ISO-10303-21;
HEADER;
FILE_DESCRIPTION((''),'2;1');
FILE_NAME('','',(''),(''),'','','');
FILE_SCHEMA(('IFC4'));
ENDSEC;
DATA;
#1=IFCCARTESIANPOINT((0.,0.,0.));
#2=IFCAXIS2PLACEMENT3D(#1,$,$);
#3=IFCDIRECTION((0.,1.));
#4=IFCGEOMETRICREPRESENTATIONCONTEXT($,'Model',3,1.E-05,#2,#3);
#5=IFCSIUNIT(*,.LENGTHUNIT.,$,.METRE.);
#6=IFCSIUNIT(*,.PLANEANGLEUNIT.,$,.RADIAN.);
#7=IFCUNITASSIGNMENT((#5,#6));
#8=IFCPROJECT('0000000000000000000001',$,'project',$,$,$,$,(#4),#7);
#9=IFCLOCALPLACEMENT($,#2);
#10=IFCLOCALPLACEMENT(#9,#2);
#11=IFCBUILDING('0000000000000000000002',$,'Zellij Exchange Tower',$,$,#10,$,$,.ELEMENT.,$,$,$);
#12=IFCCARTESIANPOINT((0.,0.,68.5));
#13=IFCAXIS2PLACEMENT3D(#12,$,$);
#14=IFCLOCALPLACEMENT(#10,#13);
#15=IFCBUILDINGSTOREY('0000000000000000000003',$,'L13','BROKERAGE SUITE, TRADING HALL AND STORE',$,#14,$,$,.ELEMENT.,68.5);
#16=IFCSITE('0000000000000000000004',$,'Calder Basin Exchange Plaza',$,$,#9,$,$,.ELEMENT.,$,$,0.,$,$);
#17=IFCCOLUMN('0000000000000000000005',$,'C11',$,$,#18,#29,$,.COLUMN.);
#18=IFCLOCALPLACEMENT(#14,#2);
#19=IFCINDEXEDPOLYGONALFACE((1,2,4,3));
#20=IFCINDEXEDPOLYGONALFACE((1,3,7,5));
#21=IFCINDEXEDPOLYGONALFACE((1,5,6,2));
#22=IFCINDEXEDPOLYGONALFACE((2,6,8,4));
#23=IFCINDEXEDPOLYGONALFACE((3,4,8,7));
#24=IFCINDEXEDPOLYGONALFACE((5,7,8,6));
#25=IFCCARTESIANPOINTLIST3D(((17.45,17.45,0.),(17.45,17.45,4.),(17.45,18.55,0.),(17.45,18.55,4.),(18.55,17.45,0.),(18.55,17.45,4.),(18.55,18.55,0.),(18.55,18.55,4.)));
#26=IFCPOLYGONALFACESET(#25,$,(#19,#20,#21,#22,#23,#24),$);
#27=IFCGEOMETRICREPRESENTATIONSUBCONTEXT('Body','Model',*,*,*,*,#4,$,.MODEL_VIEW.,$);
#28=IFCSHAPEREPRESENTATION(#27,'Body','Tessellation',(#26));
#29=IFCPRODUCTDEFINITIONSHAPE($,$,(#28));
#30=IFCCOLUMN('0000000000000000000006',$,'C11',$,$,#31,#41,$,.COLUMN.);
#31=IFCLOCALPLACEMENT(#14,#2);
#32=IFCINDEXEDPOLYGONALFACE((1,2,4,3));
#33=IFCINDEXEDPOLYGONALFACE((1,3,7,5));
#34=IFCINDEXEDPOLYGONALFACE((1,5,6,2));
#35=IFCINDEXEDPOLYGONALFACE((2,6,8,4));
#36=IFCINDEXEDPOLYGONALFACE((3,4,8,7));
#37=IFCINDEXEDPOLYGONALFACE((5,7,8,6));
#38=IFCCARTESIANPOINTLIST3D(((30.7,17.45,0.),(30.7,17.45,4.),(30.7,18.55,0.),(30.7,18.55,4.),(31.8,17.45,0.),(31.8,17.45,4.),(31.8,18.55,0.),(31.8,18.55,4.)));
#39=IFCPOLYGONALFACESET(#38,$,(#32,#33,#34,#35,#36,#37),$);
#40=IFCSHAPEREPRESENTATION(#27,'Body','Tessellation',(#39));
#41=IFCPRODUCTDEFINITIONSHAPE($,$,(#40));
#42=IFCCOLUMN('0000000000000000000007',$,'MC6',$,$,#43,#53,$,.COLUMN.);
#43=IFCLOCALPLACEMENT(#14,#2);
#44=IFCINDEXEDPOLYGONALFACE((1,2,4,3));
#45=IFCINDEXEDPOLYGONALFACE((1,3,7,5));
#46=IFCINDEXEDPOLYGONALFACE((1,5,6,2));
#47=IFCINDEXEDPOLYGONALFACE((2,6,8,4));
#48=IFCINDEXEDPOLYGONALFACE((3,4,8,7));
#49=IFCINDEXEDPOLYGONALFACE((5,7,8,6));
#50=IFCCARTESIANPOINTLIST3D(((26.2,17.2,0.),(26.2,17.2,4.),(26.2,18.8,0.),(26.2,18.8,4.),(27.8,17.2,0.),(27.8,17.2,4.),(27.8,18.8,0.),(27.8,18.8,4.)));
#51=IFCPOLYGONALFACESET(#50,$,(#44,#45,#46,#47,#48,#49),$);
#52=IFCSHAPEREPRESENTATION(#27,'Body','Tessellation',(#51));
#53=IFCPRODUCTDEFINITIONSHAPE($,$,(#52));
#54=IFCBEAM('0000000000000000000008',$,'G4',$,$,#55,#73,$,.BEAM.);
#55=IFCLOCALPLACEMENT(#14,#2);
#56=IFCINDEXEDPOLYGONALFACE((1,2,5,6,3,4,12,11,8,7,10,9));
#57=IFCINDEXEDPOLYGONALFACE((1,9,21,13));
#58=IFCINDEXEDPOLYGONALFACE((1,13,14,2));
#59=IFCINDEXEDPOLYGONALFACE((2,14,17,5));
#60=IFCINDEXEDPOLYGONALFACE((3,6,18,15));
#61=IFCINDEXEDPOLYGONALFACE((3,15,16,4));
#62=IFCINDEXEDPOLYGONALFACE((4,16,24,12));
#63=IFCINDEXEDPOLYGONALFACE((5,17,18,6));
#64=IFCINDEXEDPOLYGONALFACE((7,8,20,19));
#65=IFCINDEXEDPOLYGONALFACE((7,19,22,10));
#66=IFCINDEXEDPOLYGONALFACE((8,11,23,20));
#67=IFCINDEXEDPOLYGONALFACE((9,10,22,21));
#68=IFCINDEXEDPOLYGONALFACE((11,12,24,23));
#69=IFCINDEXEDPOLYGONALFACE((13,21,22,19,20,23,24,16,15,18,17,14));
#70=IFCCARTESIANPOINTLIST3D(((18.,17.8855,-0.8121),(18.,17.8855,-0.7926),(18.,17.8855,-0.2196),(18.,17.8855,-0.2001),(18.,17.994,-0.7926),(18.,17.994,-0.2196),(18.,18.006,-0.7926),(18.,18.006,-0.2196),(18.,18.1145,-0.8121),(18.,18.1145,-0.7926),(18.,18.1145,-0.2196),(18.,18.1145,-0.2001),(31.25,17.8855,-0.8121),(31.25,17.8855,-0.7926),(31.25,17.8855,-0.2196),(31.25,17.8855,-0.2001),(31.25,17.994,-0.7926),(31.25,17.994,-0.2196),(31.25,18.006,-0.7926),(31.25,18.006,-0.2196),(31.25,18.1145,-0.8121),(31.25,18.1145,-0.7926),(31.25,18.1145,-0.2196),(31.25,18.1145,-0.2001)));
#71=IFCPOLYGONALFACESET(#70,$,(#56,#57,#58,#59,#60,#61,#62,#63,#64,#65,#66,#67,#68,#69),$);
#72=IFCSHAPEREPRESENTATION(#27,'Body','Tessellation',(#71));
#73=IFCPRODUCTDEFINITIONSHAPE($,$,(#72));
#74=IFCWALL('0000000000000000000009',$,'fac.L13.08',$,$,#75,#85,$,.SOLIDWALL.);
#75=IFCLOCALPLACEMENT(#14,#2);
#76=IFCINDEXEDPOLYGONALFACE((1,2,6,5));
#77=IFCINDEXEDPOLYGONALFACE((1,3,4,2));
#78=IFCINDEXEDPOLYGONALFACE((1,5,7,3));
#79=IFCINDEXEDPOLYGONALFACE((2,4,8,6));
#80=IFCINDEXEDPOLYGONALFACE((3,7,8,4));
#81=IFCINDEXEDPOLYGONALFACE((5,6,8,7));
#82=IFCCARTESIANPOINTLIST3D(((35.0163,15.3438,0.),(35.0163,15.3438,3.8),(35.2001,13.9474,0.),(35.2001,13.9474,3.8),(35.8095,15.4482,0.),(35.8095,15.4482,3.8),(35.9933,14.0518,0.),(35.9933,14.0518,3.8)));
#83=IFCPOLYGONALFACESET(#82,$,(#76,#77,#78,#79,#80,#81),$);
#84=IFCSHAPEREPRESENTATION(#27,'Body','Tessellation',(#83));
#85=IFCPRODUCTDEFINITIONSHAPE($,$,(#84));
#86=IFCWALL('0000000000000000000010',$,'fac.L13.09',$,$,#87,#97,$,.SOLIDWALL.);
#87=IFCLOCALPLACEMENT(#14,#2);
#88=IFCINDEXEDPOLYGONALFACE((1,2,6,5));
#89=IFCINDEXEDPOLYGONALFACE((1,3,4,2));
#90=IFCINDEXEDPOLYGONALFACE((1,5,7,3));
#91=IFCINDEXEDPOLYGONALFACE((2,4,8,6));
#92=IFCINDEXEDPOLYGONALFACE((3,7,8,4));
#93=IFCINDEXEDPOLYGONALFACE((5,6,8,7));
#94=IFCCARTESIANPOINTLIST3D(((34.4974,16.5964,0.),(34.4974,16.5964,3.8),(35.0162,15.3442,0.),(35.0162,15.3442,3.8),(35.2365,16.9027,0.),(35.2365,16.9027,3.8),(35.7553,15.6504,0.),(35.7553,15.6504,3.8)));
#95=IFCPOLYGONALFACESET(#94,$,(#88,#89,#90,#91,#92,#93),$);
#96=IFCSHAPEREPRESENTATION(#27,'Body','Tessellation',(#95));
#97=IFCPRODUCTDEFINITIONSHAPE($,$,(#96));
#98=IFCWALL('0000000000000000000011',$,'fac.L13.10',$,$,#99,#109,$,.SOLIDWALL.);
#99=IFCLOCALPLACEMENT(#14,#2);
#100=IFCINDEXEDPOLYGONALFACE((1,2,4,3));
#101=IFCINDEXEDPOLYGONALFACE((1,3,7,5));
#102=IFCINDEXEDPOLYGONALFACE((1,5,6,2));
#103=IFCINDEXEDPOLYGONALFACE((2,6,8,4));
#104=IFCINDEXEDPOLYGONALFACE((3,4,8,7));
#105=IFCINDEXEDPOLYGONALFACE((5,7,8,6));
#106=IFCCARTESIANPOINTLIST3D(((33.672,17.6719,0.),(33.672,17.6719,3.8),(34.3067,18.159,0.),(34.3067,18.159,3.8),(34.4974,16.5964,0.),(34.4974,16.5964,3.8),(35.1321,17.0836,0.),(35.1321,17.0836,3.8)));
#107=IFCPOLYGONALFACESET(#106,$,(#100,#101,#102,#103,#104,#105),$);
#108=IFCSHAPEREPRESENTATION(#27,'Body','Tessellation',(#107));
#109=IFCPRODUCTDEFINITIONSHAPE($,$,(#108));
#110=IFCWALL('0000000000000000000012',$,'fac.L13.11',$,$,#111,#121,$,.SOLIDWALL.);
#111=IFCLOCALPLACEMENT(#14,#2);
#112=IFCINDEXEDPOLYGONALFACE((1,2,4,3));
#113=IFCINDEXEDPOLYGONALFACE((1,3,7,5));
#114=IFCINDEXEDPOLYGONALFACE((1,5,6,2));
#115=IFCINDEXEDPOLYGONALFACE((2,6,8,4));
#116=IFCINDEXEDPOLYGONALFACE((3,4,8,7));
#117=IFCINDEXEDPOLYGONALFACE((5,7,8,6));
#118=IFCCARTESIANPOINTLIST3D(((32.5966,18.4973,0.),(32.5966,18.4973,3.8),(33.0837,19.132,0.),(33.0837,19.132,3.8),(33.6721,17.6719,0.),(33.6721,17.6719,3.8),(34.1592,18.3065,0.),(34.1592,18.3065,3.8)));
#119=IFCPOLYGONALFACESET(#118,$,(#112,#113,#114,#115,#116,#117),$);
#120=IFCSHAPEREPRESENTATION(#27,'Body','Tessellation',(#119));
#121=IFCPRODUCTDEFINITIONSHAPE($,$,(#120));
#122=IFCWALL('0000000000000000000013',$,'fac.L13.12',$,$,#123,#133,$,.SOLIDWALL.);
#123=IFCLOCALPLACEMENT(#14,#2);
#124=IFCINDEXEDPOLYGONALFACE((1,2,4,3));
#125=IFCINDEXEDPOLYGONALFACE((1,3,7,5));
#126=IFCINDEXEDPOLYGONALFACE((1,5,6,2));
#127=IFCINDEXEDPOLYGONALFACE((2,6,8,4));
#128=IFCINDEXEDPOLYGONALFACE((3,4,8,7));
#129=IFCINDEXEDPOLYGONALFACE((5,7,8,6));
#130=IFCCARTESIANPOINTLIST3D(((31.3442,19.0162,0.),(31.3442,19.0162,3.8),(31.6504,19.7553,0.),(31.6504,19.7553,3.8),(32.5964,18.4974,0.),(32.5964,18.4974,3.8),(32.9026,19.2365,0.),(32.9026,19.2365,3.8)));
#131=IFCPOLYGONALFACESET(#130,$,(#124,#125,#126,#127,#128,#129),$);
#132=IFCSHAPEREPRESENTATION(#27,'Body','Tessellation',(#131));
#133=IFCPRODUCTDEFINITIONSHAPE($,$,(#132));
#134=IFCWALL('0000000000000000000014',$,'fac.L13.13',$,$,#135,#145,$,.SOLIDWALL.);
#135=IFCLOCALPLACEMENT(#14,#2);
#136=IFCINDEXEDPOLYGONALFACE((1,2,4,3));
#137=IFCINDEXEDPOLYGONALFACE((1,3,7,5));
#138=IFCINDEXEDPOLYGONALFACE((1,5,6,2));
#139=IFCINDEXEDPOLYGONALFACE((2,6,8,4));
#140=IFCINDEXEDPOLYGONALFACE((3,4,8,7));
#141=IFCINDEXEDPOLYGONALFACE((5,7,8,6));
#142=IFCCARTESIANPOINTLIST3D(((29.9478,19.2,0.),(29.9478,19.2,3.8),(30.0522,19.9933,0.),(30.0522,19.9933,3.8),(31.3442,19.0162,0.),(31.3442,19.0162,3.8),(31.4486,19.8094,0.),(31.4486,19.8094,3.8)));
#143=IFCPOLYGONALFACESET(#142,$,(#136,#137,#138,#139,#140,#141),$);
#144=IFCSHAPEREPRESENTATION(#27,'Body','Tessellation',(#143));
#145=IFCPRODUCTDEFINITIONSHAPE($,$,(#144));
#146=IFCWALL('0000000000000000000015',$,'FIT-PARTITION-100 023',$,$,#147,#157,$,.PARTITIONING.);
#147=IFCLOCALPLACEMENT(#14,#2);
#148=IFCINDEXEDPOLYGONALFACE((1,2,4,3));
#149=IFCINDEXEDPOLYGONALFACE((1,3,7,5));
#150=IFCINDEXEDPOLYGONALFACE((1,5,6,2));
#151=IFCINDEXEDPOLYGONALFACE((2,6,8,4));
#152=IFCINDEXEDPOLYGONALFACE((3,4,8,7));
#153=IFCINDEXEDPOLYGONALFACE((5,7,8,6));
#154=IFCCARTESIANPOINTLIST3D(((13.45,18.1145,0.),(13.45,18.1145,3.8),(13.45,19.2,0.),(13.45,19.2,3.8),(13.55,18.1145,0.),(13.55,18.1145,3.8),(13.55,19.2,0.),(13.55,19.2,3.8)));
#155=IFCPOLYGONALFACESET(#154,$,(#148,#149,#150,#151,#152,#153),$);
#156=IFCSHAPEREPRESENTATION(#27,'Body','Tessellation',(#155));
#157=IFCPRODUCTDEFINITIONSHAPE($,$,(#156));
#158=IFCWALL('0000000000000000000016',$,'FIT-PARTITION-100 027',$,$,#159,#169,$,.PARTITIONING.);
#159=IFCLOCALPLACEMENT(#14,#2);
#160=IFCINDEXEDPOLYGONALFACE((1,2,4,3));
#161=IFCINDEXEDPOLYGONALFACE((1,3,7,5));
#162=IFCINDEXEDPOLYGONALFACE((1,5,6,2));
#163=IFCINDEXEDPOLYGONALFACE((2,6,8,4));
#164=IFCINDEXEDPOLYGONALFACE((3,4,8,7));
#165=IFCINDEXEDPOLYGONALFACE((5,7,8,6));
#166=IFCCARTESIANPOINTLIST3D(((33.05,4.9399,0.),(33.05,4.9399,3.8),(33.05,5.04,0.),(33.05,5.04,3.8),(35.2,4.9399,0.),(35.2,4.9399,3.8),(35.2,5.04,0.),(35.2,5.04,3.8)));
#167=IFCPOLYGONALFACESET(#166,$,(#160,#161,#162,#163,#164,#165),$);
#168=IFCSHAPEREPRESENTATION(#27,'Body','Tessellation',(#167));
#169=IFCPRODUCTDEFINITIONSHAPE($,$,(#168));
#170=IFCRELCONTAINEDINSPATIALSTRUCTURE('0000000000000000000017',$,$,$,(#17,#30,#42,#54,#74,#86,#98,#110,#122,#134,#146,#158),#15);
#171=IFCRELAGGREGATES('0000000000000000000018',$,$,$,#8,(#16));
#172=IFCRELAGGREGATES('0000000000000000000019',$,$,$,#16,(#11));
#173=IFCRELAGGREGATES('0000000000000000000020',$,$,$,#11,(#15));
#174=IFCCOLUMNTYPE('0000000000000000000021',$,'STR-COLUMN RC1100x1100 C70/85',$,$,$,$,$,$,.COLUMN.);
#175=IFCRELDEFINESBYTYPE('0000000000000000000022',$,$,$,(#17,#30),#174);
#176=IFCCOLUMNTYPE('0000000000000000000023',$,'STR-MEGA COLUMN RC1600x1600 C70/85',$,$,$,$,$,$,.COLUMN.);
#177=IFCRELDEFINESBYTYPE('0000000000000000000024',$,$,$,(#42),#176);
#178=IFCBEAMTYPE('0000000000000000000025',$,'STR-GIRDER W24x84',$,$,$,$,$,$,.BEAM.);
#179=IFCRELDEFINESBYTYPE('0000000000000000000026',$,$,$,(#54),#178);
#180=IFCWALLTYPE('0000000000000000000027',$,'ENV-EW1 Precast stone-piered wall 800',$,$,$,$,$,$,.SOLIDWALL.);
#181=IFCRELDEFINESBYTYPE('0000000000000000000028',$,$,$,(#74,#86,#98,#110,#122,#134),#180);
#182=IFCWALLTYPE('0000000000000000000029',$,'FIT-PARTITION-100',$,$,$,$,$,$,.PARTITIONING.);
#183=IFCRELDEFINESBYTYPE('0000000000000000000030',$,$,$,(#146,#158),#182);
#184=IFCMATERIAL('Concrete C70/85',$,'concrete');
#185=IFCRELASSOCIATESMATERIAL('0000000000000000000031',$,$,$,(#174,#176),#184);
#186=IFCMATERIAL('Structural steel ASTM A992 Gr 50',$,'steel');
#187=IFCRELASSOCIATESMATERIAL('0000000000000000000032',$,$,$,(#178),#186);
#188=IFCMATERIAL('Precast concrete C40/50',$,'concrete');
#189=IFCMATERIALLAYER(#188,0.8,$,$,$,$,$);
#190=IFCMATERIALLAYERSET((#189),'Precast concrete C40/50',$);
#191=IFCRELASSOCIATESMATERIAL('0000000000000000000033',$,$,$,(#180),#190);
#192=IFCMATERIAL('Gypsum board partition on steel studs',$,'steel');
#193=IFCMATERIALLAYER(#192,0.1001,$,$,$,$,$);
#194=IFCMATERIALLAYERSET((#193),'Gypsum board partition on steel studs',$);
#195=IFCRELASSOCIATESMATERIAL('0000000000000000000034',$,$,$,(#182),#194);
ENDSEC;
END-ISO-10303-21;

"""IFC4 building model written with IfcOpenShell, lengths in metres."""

from ifc_helpers import new_model, si_unit, direction, frame, frame_2d, origin, origin_2d, place, context, subcontext, project, spatial, rectangle, i_section, extrude, material, layer, layer_set, material_profile, profile_set, type_object, element, save


model = new_model("IFC4")

# Units and contexts
model_context = context("Model", 3, precision=1e-05, world=origin(), true_north=direction((0.0, 1.0)))
body_context = subcontext(model_context, "Body", "Model", "MODEL_VIEW")
ifc_project = project(units=[si_unit("LENGTHUNIT", "METRE"), si_unit("PLANEANGLEUNIT", "RADIAN")], contexts=[model_context])

# Site, building, storey
site_placement = place(None, origin())
site = spatial("IfcSite", under=ifc_project, at=site_placement, Name="Calder Basin Exchange Plaza", CompositionType="ELEMENT", RefElevation=0.0)
building_placement = place(site_placement, origin())
building = spatial("IfcBuilding", under=site, at=building_placement, Name="Zellij Exchange Tower", CompositionType="ELEMENT")
storey_placement = place(building_placement, frame((0.0, 0.0, 68.5)))
storey = spatial("IfcBuildingStorey", under=building, at=storey_placement, Name="L13", Description="BROKERAGE SUITE, TRADING HALL AND STORE", CompositionType="ELEMENT", Elevation=68.5)

# Columns
ifc_material_1 = material(Name="Concrete C70/85", Category="concrete")
ifc_material_profile_1 = material_profile(ifc_material_1, rectangle(XDim=1.1001, YDim=1.1001, at=origin_2d()), Name="STR-COLUMN RC1100x1100 C70/85")
ifc_profile_set_1 = profile_set([ifc_material_profile_1], Name="Concrete C70/85")
column_type_1 = type_object("IfcColumnType", Name="STR-COLUMN RC1100x1100 C70/85", PredefinedType="COLUMN", material=ifc_profile_set_1)
for number, where, z_axis, x_axis, name in (
    (1, (18.0, 18.0, 0.0), (0.0, 0.0, 1.0), (1.0, 0.0, 0.0), "C11"),
    (2, (31.25, 18.0, 0.0), (0.0, 0.0, 1.0), (1.0, 0.0, 0.0), "C11"),
):
    element("IfcColumn", number, at=place(storey_placement, frame(where, z_axis=z_axis, x_axis=x_axis)), inside=storey, type_object=column_type_1, Name=name, PredefinedType="COLUMN", context=body_context, shape_type="SweptSolid", body=[
        extrude(rectangle(XDim=1.1001, YDim=1.1001, at=origin_2d()), origin(), (0.0, 0.0, 1.0), 4.0),
    ])
ifc_material_profile_2 = material_profile(ifc_material_1, rectangle(XDim=1.6001, YDim=1.6001, at=origin_2d()), Name="STR-MEGA COLUMN RC1600x1600 C70/85")
ifc_profile_set_2 = profile_set([ifc_material_profile_2], Name="Concrete C70/85")
column_type_2 = type_object("IfcColumnType", Name="STR-MEGA COLUMN RC1600x1600 C70/85", PredefinedType="COLUMN", material=ifc_profile_set_2)
column_placement = place(storey_placement, frame((27.0, 18.0, 0.0), z_axis=(0.0, 0.0, 1.0), x_axis=(1.0, 0.0, 0.0)))
element("IfcColumn", 3, at=column_placement, inside=storey, type_object=column_type_2, Name="MC6", PredefinedType="COLUMN", context=body_context, shape_type="SweptSolid", body=[
    extrude(rectangle(XDim=1.6001, YDim=1.6001, at=origin_2d()), origin(), (0.0, 0.0, 1.0), 4.0),
])

# Beam
ifc_material_2 = material(Name="Structural steel ASTM A992 Gr 50", Category="steel")
ifc_material_profile_3 = material_profile(ifc_material_2, i_section(OverallWidth=0.229, OverallDepth=0.6121, WebThickness=0.012, FlangeThickness=0.0195, at=origin_2d()), Name="W24x84")
ifc_profile_set_3 = profile_set([ifc_material_profile_3], Name="Structural steel ASTM A992 Gr 50")
beam_type = type_object("IfcBeamType", Name="STR-GIRDER W24x84", PredefinedType="BEAM", material=ifc_profile_set_3)
beam_placement = place(storey_placement, frame((18.0, 18.0, -0.5061), z_axis=(1.0, 0.0, 0.0), x_axis=(0.0, 1.0, 0.0)))
element("IfcBeam", 4, at=beam_placement, inside=storey, type_object=beam_type, Name="G4", PredefinedType="BEAM", context=body_context, shape_type="SweptSolid", body=[
    extrude(i_section(OverallWidth=0.229, OverallDepth=0.6121, WebThickness=0.012, FlangeThickness=0.0195, at=origin_2d()), origin(), (0.0, 0.0, 1.0), 13.25),
])

# Walls
ifc_material_3 = material(Name="Precast concrete C40/50", Category="concrete")
ifc_layer_1 = layer(ifc_material_3, 0.8)
ifc_layer_set_1 = layer_set([ifc_layer_1], Name="Precast concrete C40/50")
wall_type_1 = type_object("IfcWallType", Name="ENV-EW1 Precast stone-piered wall 800", PredefinedType="SOLIDWALL", material=ifc_layer_set_1)
wall_1_placement = place(storey_placement, frame((35.5967, 13.9998, 0.0), z_axis=(0.0, 0.0, 1.0), x_axis=(-0.130517, 0.991446, 0.0)))
element("IfcWall", 5, at=wall_1_placement, inside=storey, type_object=wall_type_1, Name="fac.L13.08", PredefinedType="SOLIDWALL", context=body_context, shape_type="SweptSolid", body=[
    extrude(rectangle(XDim=1.4084, YDim=0.8, at=frame_2d((0.7041, 0.0))), origin(), (0.0, 0.0, 1.0), 3.8),
])
wall_2_placement = place(storey_placement, frame((35.3857, 15.4973, 0.0), z_axis=(0.0, 0.0, 1.0), x_axis=(-0.38276, 0.923848, 0.0)))
element("IfcWall", 6, at=wall_2_placement, inside=storey, type_object=wall_type_1, Name="fac.L13.09", PredefinedType="SOLIDWALL", context=body_context, shape_type="SweptSolid", body=[
    extrude(rectangle(XDim=1.3555, YDim=0.8, at=frame_2d((0.6777, 0.0))), origin(), (0.0, 0.0, 1.0), 3.8),
])
for number, where, z_axis, x_axis, name in (
    (7, (34.8147, 16.8401, 0.0), (0.0, 0.0, 1.0), (-0.608866, 0.793273, 0.0), "fac.L13.10"),
    (8, (33.9155, 17.9893, 0.0), (0.0, 0.0, 1.0), (-0.793273, 0.608866, 0.0), "fac.L13.11"),
):
    element("IfcWall", number, at=place(storey_placement, frame(where, z_axis=z_axis, x_axis=x_axis)), inside=storey, type_object=wall_type_1, Name=name, PredefinedType="SOLIDWALL", context=body_context, shape_type="SweptSolid", body=[
        extrude(rectangle(XDim=1.3557, YDim=0.8, at=frame_2d((0.6777, 0.0))), origin(), (0.0, 0.0, 1.0), 3.8),
    ])
wall_3_placement = place(storey_placement, frame((32.7495, 18.8669, 0.0), z_axis=(0.0, 0.0, 1.0), x_axis=(-0.923848, 0.38276, 0.0)))
element("IfcWall", 9, at=wall_3_placement, inside=storey, type_object=wall_type_1, Name="fac.L13.12", PredefinedType="SOLIDWALL", context=body_context, shape_type="SweptSolid", body=[
    extrude(rectangle(XDim=1.3555, YDim=0.8, at=frame_2d((0.6777, 0.0))), origin(), (0.0, 0.0, 1.0), 3.8),
])
wall_4_placement = place(storey_placement, frame((31.3962, 19.4128, 0.0), z_axis=(0.0, 0.0, 1.0), x_axis=(-0.991446, 0.130517, 0.0)))
element("IfcWall", 10, at=wall_4_placement, inside=storey, type_object=wall_type_1, Name="fac.L13.13", PredefinedType="SOLIDWALL", context=body_context, shape_type="SweptSolid", body=[
    extrude(rectangle(XDim=1.4084, YDim=0.8, at=frame_2d((0.7041, 0.0))), origin(), (0.0, 0.0, 1.0), 3.8),
])
ifc_material_4 = material(Name="Gypsum board partition on steel studs", Category="steel")
ifc_layer_2 = layer(ifc_material_4, 0.1001)
ifc_layer_set_2 = layer_set([ifc_layer_2], Name="Gypsum board partition on steel studs")
wall_type_2 = type_object("IfcWallType", Name="FIT-PARTITION-100", PredefinedType="PARTITIONING", material=ifc_layer_set_2)
wall_5_placement = place(storey_placement, frame((13.5, 18.1145, 0.0), z_axis=(0.0, 0.0, 1.0), x_axis=(0.0, 1.0, 0.0)))
element("IfcWall", 11, at=wall_5_placement, inside=storey, type_object=wall_type_2, Name="FIT-PARTITION-100 023", PredefinedType="PARTITIONING", context=body_context, shape_type="SweptSolid", body=[
    extrude(rectangle(XDim=1.0854, YDim=0.1001, at=frame_2d((0.5427, 0.0))), origin(), (0.0, 0.0, 1.0), 3.8),
])
wall_6_placement = place(storey_placement, frame((33.05, 4.99, 0.0), z_axis=(0.0, 0.0, 1.0), x_axis=(1.0, 0.0, 0.0)))
element("IfcWall", 12, at=wall_6_placement, inside=storey, type_object=wall_type_2, Name="FIT-PARTITION-100 027", PredefinedType="PARTITIONING", context=body_context, shape_type="SweptSolid", body=[
    extrude(rectangle(XDim=2.1499, YDim=0.1001, at=frame_2d((1.075, 0.0))), origin(), (0.0, 0.0, 1.0), 3.8),
])

save(model, "model.ifc")
